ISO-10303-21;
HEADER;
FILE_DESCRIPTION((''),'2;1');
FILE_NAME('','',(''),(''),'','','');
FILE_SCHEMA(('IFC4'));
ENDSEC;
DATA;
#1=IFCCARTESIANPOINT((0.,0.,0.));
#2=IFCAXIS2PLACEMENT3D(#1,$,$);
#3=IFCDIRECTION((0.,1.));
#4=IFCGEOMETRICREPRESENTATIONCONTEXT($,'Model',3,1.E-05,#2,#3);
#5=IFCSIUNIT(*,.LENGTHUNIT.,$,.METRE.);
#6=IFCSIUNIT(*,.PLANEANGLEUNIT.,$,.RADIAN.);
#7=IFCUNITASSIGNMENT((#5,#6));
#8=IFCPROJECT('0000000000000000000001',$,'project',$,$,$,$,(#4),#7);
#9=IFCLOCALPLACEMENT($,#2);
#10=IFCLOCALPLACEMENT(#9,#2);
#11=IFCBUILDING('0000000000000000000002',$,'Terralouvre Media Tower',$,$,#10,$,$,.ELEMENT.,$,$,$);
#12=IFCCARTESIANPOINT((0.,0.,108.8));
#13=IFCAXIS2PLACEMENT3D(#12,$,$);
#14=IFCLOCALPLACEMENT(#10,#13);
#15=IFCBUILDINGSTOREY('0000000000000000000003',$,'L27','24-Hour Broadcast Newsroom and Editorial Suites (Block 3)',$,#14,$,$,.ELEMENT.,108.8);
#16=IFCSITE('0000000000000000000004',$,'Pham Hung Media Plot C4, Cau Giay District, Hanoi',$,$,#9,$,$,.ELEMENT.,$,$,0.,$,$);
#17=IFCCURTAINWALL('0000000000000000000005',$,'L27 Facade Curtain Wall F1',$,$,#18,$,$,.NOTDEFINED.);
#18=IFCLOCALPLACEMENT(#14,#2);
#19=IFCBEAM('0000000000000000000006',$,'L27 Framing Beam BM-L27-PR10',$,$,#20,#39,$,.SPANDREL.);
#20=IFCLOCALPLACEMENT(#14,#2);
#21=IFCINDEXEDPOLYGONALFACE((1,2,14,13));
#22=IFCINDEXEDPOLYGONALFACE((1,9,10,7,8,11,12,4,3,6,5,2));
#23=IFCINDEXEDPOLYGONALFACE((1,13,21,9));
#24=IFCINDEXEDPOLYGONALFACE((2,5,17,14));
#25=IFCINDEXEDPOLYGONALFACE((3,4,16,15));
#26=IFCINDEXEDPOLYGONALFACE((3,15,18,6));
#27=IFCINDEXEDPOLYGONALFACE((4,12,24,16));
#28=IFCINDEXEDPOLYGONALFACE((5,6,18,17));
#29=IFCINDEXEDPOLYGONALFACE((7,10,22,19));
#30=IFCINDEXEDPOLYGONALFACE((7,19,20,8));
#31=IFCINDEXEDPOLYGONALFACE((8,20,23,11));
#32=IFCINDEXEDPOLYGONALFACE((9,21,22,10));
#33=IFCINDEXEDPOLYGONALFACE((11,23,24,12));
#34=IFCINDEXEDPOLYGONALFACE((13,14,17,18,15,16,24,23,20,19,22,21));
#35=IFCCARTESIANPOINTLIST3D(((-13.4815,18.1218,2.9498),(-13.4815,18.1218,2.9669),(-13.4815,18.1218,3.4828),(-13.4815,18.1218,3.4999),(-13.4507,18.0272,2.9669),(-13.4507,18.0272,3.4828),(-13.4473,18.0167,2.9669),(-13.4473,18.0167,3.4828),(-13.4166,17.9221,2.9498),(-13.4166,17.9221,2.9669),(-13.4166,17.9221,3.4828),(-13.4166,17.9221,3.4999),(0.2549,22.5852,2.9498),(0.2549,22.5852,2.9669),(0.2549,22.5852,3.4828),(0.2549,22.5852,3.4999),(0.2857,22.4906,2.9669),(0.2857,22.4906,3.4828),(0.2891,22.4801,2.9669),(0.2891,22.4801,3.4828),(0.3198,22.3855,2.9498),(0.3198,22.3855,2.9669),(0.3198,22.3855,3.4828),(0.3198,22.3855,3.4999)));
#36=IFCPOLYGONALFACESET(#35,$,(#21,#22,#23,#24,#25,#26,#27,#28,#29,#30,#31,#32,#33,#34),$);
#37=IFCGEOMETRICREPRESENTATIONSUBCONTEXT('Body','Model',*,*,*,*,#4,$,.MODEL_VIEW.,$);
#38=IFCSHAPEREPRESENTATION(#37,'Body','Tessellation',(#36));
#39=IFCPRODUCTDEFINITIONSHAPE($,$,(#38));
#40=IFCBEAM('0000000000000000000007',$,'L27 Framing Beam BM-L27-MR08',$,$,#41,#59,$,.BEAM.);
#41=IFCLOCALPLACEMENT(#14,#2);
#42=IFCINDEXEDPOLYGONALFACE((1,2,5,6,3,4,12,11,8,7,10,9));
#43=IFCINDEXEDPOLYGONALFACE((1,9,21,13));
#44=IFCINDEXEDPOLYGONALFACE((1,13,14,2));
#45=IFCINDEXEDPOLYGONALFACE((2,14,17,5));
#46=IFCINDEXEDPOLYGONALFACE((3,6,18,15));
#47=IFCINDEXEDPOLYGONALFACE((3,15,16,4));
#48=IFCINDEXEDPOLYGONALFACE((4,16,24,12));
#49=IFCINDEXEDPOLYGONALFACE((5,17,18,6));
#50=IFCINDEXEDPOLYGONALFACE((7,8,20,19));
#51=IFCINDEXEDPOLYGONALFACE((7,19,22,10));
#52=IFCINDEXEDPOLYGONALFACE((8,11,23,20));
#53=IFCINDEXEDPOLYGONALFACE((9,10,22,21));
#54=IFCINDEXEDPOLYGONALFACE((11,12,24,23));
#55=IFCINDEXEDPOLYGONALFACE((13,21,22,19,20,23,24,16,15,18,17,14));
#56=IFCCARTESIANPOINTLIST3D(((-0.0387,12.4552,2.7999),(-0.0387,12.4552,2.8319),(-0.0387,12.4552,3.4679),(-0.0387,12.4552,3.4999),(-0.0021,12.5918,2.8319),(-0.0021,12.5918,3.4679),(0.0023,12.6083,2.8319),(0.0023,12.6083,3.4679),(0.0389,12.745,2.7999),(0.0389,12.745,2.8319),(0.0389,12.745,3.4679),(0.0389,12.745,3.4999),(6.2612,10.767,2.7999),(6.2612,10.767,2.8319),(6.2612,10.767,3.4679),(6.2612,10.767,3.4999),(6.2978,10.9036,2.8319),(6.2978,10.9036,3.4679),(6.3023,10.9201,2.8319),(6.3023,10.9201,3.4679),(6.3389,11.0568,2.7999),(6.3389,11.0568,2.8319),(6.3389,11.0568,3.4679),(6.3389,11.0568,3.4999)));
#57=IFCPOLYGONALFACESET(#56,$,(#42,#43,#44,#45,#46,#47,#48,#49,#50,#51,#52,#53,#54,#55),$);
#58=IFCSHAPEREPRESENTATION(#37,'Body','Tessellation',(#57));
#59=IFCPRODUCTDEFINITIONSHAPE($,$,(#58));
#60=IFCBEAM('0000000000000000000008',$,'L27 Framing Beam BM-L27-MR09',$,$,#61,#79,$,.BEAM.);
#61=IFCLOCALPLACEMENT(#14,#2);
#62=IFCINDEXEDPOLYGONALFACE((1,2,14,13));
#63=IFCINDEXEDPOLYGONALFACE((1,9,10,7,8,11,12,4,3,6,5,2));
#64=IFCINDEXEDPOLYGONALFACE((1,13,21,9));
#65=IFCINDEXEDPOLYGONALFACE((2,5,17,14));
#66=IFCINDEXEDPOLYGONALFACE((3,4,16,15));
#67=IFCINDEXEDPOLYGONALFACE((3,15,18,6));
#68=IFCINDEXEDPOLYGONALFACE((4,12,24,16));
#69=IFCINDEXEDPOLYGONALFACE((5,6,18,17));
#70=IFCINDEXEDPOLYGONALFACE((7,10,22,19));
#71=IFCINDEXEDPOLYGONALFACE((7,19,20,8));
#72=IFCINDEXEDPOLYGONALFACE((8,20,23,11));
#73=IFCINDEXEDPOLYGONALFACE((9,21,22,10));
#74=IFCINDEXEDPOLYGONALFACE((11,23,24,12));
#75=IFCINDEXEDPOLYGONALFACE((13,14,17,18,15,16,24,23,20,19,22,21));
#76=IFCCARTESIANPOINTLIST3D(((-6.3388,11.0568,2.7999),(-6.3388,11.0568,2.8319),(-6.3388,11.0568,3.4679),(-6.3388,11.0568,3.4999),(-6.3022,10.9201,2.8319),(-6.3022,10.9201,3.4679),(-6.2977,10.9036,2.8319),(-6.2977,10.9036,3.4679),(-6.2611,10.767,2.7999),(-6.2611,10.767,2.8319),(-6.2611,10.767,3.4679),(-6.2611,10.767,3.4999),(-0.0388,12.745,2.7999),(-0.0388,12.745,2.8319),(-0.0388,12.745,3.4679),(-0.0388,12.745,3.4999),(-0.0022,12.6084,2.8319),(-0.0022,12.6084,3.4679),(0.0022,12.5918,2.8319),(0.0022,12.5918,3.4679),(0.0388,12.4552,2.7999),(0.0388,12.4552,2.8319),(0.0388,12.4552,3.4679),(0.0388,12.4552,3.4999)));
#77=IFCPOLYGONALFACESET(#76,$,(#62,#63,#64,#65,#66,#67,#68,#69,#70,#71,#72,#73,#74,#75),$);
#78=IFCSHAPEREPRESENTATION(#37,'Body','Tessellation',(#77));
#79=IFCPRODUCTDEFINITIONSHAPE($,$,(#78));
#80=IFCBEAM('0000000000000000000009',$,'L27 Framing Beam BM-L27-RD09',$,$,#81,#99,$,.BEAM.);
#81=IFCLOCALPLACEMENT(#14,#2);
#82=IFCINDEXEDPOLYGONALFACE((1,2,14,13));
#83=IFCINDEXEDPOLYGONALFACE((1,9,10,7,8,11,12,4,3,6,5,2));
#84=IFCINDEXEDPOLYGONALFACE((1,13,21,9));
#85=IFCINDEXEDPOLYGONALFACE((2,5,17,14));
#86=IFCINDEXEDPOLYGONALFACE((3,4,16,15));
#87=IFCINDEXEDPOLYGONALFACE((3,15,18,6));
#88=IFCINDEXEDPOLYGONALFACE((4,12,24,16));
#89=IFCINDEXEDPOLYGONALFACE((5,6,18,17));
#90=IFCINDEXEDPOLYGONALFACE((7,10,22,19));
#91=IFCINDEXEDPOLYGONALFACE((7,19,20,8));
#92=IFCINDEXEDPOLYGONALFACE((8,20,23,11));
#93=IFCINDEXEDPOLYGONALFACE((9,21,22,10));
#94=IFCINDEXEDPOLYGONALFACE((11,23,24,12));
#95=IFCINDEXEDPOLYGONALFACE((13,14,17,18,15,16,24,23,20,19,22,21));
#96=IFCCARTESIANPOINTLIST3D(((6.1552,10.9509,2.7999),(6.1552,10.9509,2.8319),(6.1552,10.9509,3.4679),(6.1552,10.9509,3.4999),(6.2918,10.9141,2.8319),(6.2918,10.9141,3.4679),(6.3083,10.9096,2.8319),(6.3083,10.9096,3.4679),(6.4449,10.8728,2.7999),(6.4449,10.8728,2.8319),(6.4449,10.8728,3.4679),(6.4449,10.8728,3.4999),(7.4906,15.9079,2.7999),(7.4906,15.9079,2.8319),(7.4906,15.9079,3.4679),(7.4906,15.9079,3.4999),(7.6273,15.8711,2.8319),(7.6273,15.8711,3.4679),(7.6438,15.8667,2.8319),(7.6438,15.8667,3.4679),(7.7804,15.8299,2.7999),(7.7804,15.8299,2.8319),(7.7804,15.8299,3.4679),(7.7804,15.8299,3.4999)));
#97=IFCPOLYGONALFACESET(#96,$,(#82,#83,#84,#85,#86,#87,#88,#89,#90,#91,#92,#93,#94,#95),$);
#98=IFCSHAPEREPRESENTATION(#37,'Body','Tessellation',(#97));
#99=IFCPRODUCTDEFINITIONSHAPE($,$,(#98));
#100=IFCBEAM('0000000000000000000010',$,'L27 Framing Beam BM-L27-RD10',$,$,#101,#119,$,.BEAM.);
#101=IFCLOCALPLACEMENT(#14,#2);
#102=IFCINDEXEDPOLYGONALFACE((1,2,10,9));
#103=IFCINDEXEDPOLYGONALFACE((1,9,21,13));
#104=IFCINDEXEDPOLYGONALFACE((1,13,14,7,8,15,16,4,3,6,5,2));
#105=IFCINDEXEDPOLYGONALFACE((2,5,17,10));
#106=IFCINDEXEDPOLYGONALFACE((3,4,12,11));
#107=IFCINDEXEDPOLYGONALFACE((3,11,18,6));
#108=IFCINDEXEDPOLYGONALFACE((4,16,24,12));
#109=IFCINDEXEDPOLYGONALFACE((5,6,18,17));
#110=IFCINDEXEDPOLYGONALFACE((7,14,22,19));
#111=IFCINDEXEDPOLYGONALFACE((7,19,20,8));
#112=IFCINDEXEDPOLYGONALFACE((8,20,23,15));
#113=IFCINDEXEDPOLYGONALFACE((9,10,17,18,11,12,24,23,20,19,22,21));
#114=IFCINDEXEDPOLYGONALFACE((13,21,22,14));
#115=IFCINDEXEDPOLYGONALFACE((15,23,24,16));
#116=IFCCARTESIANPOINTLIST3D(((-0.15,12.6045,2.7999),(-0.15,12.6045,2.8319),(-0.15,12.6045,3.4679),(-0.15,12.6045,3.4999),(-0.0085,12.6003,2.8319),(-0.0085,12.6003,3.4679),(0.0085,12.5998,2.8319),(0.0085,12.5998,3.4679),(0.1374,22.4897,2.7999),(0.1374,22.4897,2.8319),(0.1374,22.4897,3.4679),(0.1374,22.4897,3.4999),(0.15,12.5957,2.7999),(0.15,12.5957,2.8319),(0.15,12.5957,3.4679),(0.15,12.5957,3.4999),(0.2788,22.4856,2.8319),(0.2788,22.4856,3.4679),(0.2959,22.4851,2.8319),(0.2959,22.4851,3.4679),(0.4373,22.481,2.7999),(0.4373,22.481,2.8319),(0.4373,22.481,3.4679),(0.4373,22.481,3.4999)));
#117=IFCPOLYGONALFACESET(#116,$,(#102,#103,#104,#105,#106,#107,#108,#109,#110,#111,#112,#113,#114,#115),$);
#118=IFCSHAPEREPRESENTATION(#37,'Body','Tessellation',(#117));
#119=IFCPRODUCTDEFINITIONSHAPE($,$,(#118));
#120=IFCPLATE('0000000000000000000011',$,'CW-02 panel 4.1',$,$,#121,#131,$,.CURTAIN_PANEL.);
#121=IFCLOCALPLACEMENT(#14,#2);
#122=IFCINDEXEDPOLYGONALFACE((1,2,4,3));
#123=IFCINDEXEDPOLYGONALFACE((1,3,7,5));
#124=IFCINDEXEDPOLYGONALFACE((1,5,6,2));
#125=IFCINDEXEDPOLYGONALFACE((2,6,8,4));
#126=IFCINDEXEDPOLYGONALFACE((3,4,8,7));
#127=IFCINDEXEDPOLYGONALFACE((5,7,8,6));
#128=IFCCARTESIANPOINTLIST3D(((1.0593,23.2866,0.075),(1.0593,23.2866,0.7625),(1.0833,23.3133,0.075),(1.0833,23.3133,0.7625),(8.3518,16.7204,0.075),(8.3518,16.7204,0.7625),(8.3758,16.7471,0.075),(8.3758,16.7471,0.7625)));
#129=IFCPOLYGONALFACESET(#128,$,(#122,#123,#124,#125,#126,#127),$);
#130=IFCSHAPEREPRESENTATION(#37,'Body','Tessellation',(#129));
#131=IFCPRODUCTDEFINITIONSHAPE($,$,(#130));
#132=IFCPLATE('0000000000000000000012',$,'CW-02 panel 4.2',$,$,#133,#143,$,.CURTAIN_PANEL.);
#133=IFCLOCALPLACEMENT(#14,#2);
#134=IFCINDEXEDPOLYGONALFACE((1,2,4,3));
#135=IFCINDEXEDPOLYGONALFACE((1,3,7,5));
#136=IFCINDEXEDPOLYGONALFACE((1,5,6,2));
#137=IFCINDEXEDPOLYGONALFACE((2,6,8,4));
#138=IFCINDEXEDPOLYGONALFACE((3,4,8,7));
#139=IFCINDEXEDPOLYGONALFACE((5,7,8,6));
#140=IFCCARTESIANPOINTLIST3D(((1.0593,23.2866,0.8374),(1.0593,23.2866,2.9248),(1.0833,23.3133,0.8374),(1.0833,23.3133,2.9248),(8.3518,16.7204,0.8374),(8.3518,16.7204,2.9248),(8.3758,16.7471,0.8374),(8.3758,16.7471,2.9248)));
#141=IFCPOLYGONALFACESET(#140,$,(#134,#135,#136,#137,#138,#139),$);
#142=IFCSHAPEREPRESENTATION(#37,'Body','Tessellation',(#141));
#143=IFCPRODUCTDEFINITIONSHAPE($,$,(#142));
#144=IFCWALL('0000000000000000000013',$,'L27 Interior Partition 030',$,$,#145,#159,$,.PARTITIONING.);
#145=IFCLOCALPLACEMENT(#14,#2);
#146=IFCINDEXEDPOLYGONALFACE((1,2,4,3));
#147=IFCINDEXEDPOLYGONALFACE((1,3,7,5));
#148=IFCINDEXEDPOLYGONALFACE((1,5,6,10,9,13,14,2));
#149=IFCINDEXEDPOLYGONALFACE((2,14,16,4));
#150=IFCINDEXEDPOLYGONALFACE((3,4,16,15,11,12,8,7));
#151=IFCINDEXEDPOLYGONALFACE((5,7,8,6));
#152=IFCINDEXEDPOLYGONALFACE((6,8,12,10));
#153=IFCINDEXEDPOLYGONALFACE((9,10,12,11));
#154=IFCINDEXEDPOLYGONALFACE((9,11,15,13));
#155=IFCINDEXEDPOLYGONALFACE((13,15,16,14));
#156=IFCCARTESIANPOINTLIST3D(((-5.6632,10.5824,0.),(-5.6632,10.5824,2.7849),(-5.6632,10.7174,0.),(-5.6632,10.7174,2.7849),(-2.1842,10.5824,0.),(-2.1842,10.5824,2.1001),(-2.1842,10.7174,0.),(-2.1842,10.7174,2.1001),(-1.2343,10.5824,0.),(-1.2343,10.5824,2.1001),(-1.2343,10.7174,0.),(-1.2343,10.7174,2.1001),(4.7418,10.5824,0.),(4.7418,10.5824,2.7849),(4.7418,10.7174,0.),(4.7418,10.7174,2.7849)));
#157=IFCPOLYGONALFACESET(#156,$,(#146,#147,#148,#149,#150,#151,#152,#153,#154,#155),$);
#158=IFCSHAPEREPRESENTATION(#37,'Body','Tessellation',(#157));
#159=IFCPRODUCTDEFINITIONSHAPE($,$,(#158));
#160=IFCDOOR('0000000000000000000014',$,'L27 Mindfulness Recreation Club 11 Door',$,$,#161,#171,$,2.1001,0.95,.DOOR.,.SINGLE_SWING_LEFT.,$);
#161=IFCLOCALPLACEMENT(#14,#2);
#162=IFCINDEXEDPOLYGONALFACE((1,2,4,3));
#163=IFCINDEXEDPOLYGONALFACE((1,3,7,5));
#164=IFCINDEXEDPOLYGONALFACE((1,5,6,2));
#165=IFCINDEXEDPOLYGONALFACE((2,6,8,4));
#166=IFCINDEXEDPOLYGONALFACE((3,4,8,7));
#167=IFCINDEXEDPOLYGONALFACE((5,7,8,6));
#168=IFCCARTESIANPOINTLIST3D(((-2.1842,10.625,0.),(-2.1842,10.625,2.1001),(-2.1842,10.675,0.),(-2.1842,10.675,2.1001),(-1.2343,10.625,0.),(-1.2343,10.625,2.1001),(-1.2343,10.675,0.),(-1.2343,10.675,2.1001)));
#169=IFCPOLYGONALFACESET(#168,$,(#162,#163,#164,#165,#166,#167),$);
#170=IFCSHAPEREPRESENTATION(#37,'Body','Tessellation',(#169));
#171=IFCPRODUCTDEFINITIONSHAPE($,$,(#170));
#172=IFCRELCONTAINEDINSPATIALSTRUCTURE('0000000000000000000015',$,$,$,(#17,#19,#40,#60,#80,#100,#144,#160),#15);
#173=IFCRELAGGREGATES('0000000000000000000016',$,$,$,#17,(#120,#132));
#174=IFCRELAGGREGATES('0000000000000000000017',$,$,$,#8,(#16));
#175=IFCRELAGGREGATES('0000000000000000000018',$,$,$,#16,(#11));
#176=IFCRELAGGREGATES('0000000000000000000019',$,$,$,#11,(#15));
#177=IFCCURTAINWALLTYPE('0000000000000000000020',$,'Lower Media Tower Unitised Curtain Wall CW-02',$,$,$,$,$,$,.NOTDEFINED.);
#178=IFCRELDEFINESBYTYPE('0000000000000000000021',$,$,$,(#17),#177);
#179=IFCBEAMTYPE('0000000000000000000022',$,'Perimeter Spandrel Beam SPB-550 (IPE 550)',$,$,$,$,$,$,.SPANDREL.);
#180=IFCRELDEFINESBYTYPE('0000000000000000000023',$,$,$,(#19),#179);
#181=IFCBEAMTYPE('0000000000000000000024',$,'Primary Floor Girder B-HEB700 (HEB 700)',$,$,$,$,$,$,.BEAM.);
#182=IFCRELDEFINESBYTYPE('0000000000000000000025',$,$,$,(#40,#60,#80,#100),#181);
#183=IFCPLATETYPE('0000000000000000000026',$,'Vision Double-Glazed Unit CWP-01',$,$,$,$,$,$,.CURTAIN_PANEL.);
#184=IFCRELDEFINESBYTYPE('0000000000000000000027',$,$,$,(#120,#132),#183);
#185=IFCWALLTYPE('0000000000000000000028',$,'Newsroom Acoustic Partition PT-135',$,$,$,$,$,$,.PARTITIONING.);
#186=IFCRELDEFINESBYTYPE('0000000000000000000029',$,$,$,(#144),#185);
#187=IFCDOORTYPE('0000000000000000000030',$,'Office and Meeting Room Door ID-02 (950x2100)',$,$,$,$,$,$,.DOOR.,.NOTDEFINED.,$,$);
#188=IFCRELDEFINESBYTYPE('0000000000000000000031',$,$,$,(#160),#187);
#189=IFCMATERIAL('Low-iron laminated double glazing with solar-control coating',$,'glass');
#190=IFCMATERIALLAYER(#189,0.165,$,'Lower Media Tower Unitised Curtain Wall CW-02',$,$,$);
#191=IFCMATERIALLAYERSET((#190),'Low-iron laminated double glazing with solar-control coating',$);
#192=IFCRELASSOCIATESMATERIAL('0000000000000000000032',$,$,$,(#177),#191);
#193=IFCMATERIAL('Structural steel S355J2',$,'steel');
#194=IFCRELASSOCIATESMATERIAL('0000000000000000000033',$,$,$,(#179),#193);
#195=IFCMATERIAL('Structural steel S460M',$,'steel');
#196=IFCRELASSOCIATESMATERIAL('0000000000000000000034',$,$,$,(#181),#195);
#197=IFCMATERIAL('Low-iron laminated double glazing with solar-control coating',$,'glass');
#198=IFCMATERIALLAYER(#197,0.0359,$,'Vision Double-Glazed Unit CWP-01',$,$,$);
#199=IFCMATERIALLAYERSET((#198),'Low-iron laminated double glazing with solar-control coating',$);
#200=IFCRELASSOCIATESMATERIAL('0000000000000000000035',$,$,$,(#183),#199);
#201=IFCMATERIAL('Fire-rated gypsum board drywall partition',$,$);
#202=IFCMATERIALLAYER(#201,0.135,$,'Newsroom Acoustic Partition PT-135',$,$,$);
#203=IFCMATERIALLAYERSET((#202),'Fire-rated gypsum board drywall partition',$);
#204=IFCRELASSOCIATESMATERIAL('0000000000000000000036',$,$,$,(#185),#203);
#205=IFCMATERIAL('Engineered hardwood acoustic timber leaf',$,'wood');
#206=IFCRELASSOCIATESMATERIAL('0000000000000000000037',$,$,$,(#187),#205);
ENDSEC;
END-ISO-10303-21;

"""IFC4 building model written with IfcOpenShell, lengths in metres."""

from ifc_helpers import new_model, si_unit, direction, frame, frame_2d, origin, origin_2d, place, context, subcontext, project, spatial, rectangle, i_section, extrude, material, layer, layer_set, material_profile, profile_set, type_object, element, fill, aggregate, save


model = new_model("IFC4")

# Units and contexts
model_context = context("Model", 3, precision=1e-05, world=origin(), true_north=direction((0.0, 1.0)))
body_context = subcontext(model_context, "Body", "Model", "MODEL_VIEW")
ifc_project = project(units=[si_unit("LENGTHUNIT", "METRE"), si_unit("PLANEANGLEUNIT", "RADIAN")], contexts=[model_context])

# Site, building, storey
site_placement = place(None, origin())
site = spatial("IfcSite", under=ifc_project, at=site_placement, Name="Pham Hung Media Plot C4, Cau Giay District, Hanoi", CompositionType="ELEMENT", RefElevation=0.0)
building_placement = place(site_placement, origin())
building = spatial("IfcBuilding", under=site, at=building_placement, Name="Terralouvre Media Tower", CompositionType="ELEMENT")
storey_placement = place(building_placement, frame((0.0, 0.0, 108.8)))
storey = spatial("IfcBuildingStorey", under=building, at=storey_placement, Name="L27", Description="24-Hour Broadcast Newsroom and Editorial Suites (Block 3)", CompositionType="ELEMENT", Elevation=108.8)

# Curtain wall
ifc_material_1 = material(Name="Low-iron laminated double glazing with solar-control coating", Category="glass")
ifc_layer_1 = layer(ifc_material_1, 0.165, Name="Lower Media Tower Unitised Curtain Wall CW-02")
ifc_layer_set_1 = layer_set([ifc_layer_1], Name="Low-iron laminated double glazing with solar-control coating")
curtain_wall_type = type_object("IfcCurtainWallType", Name="Lower Media Tower Unitised Curtain Wall CW-02", PredefinedType="NOTDEFINED", material=ifc_layer_set_1)
curtain_wall_placement = place(storey_placement, origin())
curtain_wall = element("IfcCurtainWall", 1, at=curtain_wall_placement, inside=storey, type_object=curtain_wall_type, Name="L27 Facade Curtain Wall F1", PredefinedType="NOTDEFINED")

# Beams
ifc_material_2 = material(Name="Structural steel S355J2", Category="steel")
ifc_material_profile_1 = material_profile(ifc_material_2, i_section(OverallWidth=0.21, OverallDepth=0.55, WebThickness=0.011, FlangeThickness=0.0171, at=origin_2d()), Name="IPE 550")
ifc_profile_set_1 = profile_set([ifc_material_profile_1], Name="Structural steel S355J2")
beam_type_1 = type_object("IfcBeamType", Name="Perimeter Spandrel Beam SPB-550 (IPE 550)", PredefinedType="SPANDREL", material=ifc_profile_set_1)
beam_1_placement = place(storey_placement, frame((0.2874, 22.4854, 3.2249), z_axis=(-0.951053, -0.309028, 0.0), x_axis=(0.309028, -0.951053, 0.0)))
element("IfcBeam", 2, at=beam_1_placement, inside=storey, type_object=beam_type_1, Name="L27 Framing Beam BM-L27-PR10", PredefinedType="SPANDREL", context=body_context, shape_type="SweptSolid", body=[
    extrude(i_section(OverallWidth=0.21, OverallDepth=0.55, WebThickness=0.011, FlangeThickness=0.0171, at=origin_2d()), origin(), (0.0, 0.0, 1.0), 14.4434),
])
ifc_material_3 = material(Name="Structural steel S460M", Category="steel")
ifc_material_profile_2 = material_profile(ifc_material_3, i_section(OverallWidth=0.3, OverallDepth=0.7, WebThickness=0.0171, FlangeThickness=0.032, at=origin_2d()), Name="HEB 700")
ifc_profile_set_2 = profile_set([ifc_material_profile_2], Name="Structural steel S460M")
beam_type_2 = type_object("IfcBeamType", Name="Primary Floor Girder B-HEB700 (HEB 700)", PredefinedType="BEAM", material=ifc_profile_set_2)
for number, where, z_axis, x_axis, name in (
    (3, (6.3, 10.9119, 3.1499), (-0.96592, 0.258839, 0.0), (-0.258839, -0.96592, 0.0), "L27 Framing Beam BM-L27-MR08"),
    (4, (0.0, 12.6001, 3.1499), (-0.96592, -0.258839, 0.0), (0.258839, -0.96592, 0.0), "L27 Framing Beam BM-L27-MR09"),
):
    element("IfcBeam", number, at=place(storey_placement, frame(where, z_axis=z_axis, x_axis=x_axis)), inside=storey, type_object=beam_type_2, Name=name, PredefinedType="BEAM", context=body_context, shape_type="SweptSolid", body=[
        extrude(i_section(OverallWidth=0.3, OverallDepth=0.7, WebThickness=0.0171, FlangeThickness=0.032, at=origin_2d()), origin(), (0.0, 0.0, 1.0), 6.5222),
    ])
beam_2_placement = place(storey_placement, frame((6.3, 10.9119, 3.1499), z_axis=(0.26013, 0.965574, 0.0), x_axis=(-0.965574, 0.26013, 0.0)))
element("IfcBeam", 5, at=beam_2_placement, inside=storey, type_object=beam_type_2, Name="L27 Framing Beam BM-L27-RD09", PredefinedType="BEAM", context=body_context, shape_type="SweptSolid", body=[
    extrude(i_section(OverallWidth=0.3, OverallDepth=0.7, WebThickness=0.0171, FlangeThickness=0.032, at=origin_2d()), origin(), (0.0, 0.0, 1.0), 5.1338),
])
beam_3_placement = place(storey_placement, frame((0.0, 12.6001, 3.1499), z_axis=(0.029057, 0.999578, 0.0), x_axis=(-0.999578, 0.029057, 0.0)))
element("IfcBeam", 6, at=beam_3_placement, inside=storey, type_object=beam_type_2, Name="L27 Framing Beam BM-L27-RD10", PredefinedType="BEAM", context=body_context, shape_type="SweptSolid", body=[
    extrude(i_section(OverallWidth=0.3, OverallDepth=0.7, WebThickness=0.0171, FlangeThickness=0.032, at=origin_2d()), origin(), (0.0, 0.0, 1.0), 9.8894),
])

# Plates
ifc_material_4 = material(Name="Low-iron laminated double glazing with solar-control coating", Category="glass")
ifc_layer_2 = layer(ifc_material_4, 0.0359, Name="Vision Double-Glazed Unit CWP-01")
ifc_layer_set_2 = layer_set([ifc_layer_2], Name="Low-iron laminated double glazing with solar-control coating")
plate_type = type_object("IfcPlateType", Name="Vision Double-Glazed Unit CWP-01", PredefinedType="CURTAIN_PANEL", material=ifc_layer_set_2)
plate_1_placement = place(storey_placement, frame((4.7175, 20.0168, 0.075), z_axis=(0.0, 0.0, 1.0), x_axis=(-0.743145, 0.669131, 0.0)))
plate_1 = element("IfcPlate", 7, at=plate_1_placement, type_object=plate_type, Name="CW-02 panel 4.1", PredefinedType="CURTAIN_PANEL", context=body_context, shape_type="SweptSolid", body=[
    extrude(rectangle(XDim=9.813, YDim=0.0359, at=origin_2d()), origin(), (0.0, 0.0, 1.0), 0.6875),
])
plate_2_placement = place(storey_placement, frame((4.7175, 20.0168, 0.8374), z_axis=(0.0, 0.0, 1.0), x_axis=(-0.743145, 0.669131, 0.0)))
plate_2 = element("IfcPlate", 8, at=plate_2_placement, type_object=plate_type, Name="CW-02 panel 4.2", PredefinedType="CURTAIN_PANEL", context=body_context, shape_type="SweptSolid", body=[
    extrude(rectangle(XDim=9.813, YDim=0.0359, at=origin_2d()), origin(), (0.0, 0.0, 1.0), 2.0874),
])
aggregate(curtain_wall, [plate_1, plate_2])

# Wall, opening, door
ifc_material_5 = material(Name="Fire-rated gypsum board drywall partition")
ifc_layer_3 = layer(ifc_material_5, 0.135, Name="Newsroom Acoustic Partition PT-135")
ifc_layer_set_3 = layer_set([ifc_layer_3], Name="Fire-rated gypsum board drywall partition")
wall_type = type_object("IfcWallType", Name="Newsroom Acoustic Partition PT-135", PredefinedType="PARTITIONING", material=ifc_layer_set_3)
wall_1_placement = place(storey_placement, frame((4.7419, 10.6499, 0.0), z_axis=(0.0, 0.0, 1.0), x_axis=(-1.0, 0.0, 0.0)))
wall_1 = element("IfcWall", 9, at=wall_1_placement, inside=storey, type_object=wall_type, Name="L27 Interior Partition 030", PredefinedType="PARTITIONING", context=body_context, shape_type="SweptSolid", body=[
    extrude(rectangle(XDim=10.405, YDim=0.135, at=frame_2d((5.2026, 0.0))), origin(), (0.0, 0.0, 1.0), 2.7849),
])
opening_1_placement = place(wall_1_placement, frame((5.9761, 0.0, 0.0)))
opening_1 = element("IfcOpeningElement", 10, at=opening_1_placement, cuts=wall_1, PredefinedType="OPENING", context=body_context, shape_type="SweptSolid", body=[
    extrude(rectangle(XDim=0.95, YDim=2.1001, at=frame_2d((0.4751, 1.05))), frame((0.0, 0.0774, 0.0), z_axis=(0.0, -1.0, 0.0), x_axis=(1.0, 0.0, 0.0)), (0.0, 0.0, 1.0), 0.155),
])
ifc_material_6 = material(Name="Engineered hardwood acoustic timber leaf", Category="wood")
door_type_1 = type_object("IfcDoorType", Name="Office and Meeting Room Door ID-02 (950x2100)", OperationType="NOTDEFINED", PredefinedType="DOOR", material=ifc_material_6)
door_1_placement = place(opening_1_placement, origin())
door_1 = element("IfcDoor", 11, at=door_1_placement, inside=storey, type_object=door_type_1, Name="L27 Mindfulness Recreation Club 11 Door", OperationType="SINGLE_SWING_LEFT", OverallHeight=2.1001, OverallWidth=0.95, PredefinedType="DOOR", context=body_context, shape_type="SweptSolid", body=[
    extrude(rectangle(XDim=0.95, YDim=2.1001, at=frame_2d((0.4751, 1.05))), frame((0.0, 0.0249, 0.0), z_axis=(0.0, -1.0, 0.0), x_axis=(1.0, 0.0, 0.0)), (0.0, 0.0, 1.0), 0.05),
])
fill(opening_1, door_1)

save(model, "model.ifc")
